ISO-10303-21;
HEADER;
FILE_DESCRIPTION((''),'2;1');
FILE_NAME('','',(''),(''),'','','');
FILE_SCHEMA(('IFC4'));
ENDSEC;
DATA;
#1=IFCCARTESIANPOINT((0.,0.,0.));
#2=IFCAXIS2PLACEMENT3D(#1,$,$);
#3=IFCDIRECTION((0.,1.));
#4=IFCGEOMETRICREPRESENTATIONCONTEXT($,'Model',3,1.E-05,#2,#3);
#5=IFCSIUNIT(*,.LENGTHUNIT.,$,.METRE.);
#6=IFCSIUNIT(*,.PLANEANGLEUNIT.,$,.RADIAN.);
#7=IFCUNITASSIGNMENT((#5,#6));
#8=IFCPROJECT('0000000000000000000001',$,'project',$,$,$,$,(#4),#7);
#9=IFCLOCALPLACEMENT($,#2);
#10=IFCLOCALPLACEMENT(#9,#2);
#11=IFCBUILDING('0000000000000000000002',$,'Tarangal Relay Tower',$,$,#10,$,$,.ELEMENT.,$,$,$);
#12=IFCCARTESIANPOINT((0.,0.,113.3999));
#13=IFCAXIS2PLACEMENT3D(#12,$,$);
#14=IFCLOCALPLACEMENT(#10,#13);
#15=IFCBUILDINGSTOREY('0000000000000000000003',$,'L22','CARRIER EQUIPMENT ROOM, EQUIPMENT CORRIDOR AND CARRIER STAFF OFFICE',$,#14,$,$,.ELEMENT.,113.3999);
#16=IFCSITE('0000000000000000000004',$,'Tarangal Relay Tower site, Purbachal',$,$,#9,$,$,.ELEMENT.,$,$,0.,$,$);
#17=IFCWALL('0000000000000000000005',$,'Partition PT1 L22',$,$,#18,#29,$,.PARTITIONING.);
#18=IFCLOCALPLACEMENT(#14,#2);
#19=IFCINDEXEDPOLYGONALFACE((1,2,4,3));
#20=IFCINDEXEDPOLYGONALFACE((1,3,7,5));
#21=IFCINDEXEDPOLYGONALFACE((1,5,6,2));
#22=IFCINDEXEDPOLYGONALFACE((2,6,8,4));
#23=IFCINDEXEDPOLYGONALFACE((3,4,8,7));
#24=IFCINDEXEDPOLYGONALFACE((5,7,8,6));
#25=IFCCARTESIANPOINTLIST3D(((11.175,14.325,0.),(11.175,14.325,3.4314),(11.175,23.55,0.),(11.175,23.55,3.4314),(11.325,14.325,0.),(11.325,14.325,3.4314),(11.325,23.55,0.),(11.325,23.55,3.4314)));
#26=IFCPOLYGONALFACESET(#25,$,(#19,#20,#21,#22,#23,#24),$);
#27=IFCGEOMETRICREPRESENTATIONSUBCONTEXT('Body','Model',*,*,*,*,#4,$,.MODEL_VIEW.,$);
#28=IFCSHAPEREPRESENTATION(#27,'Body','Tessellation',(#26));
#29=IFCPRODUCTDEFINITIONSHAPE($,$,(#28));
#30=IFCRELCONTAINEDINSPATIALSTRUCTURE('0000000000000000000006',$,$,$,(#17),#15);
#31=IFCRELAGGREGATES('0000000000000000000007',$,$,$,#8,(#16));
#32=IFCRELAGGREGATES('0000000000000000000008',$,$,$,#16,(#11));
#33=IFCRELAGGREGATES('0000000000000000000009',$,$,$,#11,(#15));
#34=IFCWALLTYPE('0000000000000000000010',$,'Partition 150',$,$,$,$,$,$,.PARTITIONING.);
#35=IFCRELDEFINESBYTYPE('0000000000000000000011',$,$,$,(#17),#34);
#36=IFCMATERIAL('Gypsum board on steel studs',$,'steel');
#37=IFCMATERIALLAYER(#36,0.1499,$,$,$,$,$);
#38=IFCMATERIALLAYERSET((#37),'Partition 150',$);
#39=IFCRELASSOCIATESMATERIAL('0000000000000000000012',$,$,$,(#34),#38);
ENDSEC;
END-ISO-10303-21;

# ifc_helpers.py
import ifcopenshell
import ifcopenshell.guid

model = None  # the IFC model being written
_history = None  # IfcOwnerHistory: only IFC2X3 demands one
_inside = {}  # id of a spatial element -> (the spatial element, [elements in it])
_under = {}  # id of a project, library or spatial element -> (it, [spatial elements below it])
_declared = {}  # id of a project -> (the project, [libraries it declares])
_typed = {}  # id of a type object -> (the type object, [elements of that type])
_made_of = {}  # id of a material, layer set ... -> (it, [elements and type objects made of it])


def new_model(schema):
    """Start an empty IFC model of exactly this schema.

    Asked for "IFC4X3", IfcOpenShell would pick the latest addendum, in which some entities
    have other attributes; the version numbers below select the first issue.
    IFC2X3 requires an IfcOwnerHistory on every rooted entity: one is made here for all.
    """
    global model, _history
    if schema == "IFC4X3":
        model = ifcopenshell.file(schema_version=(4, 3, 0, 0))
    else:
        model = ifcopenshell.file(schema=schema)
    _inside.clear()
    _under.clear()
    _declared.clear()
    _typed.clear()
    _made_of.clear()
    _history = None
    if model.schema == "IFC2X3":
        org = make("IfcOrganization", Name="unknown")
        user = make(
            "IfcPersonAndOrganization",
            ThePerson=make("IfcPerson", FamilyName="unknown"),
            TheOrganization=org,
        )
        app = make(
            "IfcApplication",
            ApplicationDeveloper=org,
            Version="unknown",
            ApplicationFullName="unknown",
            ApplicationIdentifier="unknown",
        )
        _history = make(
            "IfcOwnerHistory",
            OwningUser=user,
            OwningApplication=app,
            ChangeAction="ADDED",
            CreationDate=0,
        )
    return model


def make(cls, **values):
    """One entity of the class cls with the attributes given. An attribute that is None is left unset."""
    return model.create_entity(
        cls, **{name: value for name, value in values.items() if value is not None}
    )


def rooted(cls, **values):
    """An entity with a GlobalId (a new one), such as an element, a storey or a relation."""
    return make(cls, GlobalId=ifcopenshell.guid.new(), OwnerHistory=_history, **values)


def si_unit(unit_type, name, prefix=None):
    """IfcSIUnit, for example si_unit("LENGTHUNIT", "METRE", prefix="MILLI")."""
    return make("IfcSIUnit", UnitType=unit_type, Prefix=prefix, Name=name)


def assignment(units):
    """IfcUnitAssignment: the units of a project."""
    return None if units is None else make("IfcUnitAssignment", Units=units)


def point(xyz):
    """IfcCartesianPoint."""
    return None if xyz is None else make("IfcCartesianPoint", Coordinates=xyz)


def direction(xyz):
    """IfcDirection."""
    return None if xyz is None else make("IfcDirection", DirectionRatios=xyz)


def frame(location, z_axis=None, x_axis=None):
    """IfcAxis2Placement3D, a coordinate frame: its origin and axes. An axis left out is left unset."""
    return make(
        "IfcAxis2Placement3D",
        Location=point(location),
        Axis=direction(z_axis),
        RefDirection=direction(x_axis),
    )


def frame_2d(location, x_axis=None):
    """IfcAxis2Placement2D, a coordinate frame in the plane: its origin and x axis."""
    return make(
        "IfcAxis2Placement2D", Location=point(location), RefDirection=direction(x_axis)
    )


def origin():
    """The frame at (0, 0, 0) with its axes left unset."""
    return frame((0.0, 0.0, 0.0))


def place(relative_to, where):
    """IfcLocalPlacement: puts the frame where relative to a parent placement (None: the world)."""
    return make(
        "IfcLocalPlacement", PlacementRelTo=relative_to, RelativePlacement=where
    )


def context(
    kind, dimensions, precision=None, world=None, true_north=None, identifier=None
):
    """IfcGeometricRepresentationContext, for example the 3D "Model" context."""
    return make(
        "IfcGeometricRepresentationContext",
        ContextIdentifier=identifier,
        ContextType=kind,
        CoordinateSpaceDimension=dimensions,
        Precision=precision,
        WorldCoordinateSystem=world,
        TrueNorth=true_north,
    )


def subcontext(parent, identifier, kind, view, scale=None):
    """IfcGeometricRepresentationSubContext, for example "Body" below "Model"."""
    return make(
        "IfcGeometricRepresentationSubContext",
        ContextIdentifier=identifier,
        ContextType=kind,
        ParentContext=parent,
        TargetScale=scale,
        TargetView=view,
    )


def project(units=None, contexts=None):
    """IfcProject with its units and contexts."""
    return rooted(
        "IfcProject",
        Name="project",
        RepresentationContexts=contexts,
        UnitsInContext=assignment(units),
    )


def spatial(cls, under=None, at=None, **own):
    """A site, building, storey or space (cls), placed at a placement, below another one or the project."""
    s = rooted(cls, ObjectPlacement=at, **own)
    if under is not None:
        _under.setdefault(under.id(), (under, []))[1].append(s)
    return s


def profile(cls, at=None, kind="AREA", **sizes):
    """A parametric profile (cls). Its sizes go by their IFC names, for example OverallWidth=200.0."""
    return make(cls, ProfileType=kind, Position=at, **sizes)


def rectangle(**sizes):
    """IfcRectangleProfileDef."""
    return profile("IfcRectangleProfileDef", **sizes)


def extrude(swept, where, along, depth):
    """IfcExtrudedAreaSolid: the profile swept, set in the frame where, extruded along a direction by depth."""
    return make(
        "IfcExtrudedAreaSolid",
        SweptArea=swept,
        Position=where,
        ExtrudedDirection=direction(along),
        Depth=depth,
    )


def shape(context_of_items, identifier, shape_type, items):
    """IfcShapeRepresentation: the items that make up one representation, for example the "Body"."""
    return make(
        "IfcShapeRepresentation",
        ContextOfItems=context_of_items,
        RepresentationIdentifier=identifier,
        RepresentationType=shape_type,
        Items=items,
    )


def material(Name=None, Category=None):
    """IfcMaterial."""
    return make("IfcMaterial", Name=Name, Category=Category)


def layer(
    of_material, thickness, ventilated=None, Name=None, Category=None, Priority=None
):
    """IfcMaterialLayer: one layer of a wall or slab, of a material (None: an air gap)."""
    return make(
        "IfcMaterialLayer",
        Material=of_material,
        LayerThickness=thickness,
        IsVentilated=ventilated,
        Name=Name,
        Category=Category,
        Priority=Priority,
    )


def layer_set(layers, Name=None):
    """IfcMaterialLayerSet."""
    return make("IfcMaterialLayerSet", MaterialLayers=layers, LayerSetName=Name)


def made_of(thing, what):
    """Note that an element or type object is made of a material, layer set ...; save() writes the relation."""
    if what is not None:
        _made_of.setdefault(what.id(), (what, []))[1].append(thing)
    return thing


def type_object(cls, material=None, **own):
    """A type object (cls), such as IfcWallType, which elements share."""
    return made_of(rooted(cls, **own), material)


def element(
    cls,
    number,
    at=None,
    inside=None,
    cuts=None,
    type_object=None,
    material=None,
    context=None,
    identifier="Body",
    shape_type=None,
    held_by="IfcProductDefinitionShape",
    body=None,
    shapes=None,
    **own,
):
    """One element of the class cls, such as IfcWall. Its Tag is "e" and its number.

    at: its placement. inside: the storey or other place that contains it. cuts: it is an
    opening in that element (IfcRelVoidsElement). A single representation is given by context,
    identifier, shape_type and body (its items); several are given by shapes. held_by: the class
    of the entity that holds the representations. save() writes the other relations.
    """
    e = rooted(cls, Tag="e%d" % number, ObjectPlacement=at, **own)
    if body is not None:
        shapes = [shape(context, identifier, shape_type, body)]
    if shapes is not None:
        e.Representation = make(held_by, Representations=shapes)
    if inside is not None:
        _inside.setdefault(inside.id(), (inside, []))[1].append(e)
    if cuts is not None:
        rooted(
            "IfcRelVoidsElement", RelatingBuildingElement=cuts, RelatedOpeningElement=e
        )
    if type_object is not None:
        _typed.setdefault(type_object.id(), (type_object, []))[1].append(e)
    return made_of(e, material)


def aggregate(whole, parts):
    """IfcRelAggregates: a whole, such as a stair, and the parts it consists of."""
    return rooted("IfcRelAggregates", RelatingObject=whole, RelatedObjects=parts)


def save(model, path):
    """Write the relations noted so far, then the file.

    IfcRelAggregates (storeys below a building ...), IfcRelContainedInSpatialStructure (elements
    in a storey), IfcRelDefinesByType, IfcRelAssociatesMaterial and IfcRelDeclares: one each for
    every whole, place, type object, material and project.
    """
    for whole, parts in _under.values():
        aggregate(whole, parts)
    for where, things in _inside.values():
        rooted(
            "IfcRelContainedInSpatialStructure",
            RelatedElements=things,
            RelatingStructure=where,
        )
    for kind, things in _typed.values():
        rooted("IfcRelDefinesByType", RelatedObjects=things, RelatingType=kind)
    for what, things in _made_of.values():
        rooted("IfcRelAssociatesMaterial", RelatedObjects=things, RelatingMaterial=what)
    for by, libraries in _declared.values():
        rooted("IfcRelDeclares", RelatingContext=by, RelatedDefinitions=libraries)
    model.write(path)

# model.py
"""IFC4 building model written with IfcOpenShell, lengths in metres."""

from ifc_helpers import new_model, si_unit, direction, frame, frame_2d, origin, place, context, subcontext, project, spatial, rectangle, extrude, material, layer, layer_set, type_object, element, save


model = new_model("IFC4")

# Units and contexts
model_context = context("Model", 3, precision=1e-05, world=origin(), true_north=direction((0.0, 1.0)))
body_context = subcontext(model_context, "Body", "Model", "MODEL_VIEW")
ifc_project = project(units=[si_unit("LENGTHUNIT", "METRE"), si_unit("PLANEANGLEUNIT", "RADIAN")], contexts=[model_context])

# Site, building, storey
site_placement = place(None, origin())
site = spatial("IfcSite", under=ifc_project, at=site_placement, Name="Tarangal Relay Tower site, Purbachal", CompositionType="ELEMENT", RefElevation=0.0)
building_placement = place(site_placement, origin())
building = spatial("IfcBuilding", under=site, at=building_placement, Name="Tarangal Relay Tower", CompositionType="ELEMENT")
storey_placement = place(building_placement, frame((0.0, 0.0, 113.3999)))
storey = spatial("IfcBuildingStorey", under=building, at=storey_placement, Name="L22", Description="CARRIER EQUIPMENT ROOM, EQUIPMENT CORRIDOR AND CARRIER STAFF OFFICE", CompositionType="ELEMENT", Elevation=113.3999)

# Wall
ifc_material_1 = material(Name="Gypsum board on steel studs", Category="steel")
ifc_layer_1 = layer(ifc_material_1, 0.1499)
ifc_layer_set_1 = layer_set([ifc_layer_1], Name="Partition 150")
wall_type_1 = type_object("IfcWallType", Name="Partition 150", PredefinedType="PARTITIONING", material=ifc_layer_set_1)
wall_1_placement = place(storey_placement, frame((11.25, 14.325, 0.0), z_axis=(0.0, 0.0, 1.0), x_axis=(0.0, 1.0, 0.0)))
element("IfcWall", 1, at=wall_1_placement, inside=storey, type_object=wall_type_1, Name="Partition PT1 L22", PredefinedType="PARTITIONING", context=body_context, shape_type="SweptSolid", body=[
    extrude(rectangle(XDim=9.2251, YDim=0.1499, at=frame_2d((4.6125, 0.0))), origin(), (0.0, 0.0, 1.0), 3.4314),
])

save(model, "model.ifc")
